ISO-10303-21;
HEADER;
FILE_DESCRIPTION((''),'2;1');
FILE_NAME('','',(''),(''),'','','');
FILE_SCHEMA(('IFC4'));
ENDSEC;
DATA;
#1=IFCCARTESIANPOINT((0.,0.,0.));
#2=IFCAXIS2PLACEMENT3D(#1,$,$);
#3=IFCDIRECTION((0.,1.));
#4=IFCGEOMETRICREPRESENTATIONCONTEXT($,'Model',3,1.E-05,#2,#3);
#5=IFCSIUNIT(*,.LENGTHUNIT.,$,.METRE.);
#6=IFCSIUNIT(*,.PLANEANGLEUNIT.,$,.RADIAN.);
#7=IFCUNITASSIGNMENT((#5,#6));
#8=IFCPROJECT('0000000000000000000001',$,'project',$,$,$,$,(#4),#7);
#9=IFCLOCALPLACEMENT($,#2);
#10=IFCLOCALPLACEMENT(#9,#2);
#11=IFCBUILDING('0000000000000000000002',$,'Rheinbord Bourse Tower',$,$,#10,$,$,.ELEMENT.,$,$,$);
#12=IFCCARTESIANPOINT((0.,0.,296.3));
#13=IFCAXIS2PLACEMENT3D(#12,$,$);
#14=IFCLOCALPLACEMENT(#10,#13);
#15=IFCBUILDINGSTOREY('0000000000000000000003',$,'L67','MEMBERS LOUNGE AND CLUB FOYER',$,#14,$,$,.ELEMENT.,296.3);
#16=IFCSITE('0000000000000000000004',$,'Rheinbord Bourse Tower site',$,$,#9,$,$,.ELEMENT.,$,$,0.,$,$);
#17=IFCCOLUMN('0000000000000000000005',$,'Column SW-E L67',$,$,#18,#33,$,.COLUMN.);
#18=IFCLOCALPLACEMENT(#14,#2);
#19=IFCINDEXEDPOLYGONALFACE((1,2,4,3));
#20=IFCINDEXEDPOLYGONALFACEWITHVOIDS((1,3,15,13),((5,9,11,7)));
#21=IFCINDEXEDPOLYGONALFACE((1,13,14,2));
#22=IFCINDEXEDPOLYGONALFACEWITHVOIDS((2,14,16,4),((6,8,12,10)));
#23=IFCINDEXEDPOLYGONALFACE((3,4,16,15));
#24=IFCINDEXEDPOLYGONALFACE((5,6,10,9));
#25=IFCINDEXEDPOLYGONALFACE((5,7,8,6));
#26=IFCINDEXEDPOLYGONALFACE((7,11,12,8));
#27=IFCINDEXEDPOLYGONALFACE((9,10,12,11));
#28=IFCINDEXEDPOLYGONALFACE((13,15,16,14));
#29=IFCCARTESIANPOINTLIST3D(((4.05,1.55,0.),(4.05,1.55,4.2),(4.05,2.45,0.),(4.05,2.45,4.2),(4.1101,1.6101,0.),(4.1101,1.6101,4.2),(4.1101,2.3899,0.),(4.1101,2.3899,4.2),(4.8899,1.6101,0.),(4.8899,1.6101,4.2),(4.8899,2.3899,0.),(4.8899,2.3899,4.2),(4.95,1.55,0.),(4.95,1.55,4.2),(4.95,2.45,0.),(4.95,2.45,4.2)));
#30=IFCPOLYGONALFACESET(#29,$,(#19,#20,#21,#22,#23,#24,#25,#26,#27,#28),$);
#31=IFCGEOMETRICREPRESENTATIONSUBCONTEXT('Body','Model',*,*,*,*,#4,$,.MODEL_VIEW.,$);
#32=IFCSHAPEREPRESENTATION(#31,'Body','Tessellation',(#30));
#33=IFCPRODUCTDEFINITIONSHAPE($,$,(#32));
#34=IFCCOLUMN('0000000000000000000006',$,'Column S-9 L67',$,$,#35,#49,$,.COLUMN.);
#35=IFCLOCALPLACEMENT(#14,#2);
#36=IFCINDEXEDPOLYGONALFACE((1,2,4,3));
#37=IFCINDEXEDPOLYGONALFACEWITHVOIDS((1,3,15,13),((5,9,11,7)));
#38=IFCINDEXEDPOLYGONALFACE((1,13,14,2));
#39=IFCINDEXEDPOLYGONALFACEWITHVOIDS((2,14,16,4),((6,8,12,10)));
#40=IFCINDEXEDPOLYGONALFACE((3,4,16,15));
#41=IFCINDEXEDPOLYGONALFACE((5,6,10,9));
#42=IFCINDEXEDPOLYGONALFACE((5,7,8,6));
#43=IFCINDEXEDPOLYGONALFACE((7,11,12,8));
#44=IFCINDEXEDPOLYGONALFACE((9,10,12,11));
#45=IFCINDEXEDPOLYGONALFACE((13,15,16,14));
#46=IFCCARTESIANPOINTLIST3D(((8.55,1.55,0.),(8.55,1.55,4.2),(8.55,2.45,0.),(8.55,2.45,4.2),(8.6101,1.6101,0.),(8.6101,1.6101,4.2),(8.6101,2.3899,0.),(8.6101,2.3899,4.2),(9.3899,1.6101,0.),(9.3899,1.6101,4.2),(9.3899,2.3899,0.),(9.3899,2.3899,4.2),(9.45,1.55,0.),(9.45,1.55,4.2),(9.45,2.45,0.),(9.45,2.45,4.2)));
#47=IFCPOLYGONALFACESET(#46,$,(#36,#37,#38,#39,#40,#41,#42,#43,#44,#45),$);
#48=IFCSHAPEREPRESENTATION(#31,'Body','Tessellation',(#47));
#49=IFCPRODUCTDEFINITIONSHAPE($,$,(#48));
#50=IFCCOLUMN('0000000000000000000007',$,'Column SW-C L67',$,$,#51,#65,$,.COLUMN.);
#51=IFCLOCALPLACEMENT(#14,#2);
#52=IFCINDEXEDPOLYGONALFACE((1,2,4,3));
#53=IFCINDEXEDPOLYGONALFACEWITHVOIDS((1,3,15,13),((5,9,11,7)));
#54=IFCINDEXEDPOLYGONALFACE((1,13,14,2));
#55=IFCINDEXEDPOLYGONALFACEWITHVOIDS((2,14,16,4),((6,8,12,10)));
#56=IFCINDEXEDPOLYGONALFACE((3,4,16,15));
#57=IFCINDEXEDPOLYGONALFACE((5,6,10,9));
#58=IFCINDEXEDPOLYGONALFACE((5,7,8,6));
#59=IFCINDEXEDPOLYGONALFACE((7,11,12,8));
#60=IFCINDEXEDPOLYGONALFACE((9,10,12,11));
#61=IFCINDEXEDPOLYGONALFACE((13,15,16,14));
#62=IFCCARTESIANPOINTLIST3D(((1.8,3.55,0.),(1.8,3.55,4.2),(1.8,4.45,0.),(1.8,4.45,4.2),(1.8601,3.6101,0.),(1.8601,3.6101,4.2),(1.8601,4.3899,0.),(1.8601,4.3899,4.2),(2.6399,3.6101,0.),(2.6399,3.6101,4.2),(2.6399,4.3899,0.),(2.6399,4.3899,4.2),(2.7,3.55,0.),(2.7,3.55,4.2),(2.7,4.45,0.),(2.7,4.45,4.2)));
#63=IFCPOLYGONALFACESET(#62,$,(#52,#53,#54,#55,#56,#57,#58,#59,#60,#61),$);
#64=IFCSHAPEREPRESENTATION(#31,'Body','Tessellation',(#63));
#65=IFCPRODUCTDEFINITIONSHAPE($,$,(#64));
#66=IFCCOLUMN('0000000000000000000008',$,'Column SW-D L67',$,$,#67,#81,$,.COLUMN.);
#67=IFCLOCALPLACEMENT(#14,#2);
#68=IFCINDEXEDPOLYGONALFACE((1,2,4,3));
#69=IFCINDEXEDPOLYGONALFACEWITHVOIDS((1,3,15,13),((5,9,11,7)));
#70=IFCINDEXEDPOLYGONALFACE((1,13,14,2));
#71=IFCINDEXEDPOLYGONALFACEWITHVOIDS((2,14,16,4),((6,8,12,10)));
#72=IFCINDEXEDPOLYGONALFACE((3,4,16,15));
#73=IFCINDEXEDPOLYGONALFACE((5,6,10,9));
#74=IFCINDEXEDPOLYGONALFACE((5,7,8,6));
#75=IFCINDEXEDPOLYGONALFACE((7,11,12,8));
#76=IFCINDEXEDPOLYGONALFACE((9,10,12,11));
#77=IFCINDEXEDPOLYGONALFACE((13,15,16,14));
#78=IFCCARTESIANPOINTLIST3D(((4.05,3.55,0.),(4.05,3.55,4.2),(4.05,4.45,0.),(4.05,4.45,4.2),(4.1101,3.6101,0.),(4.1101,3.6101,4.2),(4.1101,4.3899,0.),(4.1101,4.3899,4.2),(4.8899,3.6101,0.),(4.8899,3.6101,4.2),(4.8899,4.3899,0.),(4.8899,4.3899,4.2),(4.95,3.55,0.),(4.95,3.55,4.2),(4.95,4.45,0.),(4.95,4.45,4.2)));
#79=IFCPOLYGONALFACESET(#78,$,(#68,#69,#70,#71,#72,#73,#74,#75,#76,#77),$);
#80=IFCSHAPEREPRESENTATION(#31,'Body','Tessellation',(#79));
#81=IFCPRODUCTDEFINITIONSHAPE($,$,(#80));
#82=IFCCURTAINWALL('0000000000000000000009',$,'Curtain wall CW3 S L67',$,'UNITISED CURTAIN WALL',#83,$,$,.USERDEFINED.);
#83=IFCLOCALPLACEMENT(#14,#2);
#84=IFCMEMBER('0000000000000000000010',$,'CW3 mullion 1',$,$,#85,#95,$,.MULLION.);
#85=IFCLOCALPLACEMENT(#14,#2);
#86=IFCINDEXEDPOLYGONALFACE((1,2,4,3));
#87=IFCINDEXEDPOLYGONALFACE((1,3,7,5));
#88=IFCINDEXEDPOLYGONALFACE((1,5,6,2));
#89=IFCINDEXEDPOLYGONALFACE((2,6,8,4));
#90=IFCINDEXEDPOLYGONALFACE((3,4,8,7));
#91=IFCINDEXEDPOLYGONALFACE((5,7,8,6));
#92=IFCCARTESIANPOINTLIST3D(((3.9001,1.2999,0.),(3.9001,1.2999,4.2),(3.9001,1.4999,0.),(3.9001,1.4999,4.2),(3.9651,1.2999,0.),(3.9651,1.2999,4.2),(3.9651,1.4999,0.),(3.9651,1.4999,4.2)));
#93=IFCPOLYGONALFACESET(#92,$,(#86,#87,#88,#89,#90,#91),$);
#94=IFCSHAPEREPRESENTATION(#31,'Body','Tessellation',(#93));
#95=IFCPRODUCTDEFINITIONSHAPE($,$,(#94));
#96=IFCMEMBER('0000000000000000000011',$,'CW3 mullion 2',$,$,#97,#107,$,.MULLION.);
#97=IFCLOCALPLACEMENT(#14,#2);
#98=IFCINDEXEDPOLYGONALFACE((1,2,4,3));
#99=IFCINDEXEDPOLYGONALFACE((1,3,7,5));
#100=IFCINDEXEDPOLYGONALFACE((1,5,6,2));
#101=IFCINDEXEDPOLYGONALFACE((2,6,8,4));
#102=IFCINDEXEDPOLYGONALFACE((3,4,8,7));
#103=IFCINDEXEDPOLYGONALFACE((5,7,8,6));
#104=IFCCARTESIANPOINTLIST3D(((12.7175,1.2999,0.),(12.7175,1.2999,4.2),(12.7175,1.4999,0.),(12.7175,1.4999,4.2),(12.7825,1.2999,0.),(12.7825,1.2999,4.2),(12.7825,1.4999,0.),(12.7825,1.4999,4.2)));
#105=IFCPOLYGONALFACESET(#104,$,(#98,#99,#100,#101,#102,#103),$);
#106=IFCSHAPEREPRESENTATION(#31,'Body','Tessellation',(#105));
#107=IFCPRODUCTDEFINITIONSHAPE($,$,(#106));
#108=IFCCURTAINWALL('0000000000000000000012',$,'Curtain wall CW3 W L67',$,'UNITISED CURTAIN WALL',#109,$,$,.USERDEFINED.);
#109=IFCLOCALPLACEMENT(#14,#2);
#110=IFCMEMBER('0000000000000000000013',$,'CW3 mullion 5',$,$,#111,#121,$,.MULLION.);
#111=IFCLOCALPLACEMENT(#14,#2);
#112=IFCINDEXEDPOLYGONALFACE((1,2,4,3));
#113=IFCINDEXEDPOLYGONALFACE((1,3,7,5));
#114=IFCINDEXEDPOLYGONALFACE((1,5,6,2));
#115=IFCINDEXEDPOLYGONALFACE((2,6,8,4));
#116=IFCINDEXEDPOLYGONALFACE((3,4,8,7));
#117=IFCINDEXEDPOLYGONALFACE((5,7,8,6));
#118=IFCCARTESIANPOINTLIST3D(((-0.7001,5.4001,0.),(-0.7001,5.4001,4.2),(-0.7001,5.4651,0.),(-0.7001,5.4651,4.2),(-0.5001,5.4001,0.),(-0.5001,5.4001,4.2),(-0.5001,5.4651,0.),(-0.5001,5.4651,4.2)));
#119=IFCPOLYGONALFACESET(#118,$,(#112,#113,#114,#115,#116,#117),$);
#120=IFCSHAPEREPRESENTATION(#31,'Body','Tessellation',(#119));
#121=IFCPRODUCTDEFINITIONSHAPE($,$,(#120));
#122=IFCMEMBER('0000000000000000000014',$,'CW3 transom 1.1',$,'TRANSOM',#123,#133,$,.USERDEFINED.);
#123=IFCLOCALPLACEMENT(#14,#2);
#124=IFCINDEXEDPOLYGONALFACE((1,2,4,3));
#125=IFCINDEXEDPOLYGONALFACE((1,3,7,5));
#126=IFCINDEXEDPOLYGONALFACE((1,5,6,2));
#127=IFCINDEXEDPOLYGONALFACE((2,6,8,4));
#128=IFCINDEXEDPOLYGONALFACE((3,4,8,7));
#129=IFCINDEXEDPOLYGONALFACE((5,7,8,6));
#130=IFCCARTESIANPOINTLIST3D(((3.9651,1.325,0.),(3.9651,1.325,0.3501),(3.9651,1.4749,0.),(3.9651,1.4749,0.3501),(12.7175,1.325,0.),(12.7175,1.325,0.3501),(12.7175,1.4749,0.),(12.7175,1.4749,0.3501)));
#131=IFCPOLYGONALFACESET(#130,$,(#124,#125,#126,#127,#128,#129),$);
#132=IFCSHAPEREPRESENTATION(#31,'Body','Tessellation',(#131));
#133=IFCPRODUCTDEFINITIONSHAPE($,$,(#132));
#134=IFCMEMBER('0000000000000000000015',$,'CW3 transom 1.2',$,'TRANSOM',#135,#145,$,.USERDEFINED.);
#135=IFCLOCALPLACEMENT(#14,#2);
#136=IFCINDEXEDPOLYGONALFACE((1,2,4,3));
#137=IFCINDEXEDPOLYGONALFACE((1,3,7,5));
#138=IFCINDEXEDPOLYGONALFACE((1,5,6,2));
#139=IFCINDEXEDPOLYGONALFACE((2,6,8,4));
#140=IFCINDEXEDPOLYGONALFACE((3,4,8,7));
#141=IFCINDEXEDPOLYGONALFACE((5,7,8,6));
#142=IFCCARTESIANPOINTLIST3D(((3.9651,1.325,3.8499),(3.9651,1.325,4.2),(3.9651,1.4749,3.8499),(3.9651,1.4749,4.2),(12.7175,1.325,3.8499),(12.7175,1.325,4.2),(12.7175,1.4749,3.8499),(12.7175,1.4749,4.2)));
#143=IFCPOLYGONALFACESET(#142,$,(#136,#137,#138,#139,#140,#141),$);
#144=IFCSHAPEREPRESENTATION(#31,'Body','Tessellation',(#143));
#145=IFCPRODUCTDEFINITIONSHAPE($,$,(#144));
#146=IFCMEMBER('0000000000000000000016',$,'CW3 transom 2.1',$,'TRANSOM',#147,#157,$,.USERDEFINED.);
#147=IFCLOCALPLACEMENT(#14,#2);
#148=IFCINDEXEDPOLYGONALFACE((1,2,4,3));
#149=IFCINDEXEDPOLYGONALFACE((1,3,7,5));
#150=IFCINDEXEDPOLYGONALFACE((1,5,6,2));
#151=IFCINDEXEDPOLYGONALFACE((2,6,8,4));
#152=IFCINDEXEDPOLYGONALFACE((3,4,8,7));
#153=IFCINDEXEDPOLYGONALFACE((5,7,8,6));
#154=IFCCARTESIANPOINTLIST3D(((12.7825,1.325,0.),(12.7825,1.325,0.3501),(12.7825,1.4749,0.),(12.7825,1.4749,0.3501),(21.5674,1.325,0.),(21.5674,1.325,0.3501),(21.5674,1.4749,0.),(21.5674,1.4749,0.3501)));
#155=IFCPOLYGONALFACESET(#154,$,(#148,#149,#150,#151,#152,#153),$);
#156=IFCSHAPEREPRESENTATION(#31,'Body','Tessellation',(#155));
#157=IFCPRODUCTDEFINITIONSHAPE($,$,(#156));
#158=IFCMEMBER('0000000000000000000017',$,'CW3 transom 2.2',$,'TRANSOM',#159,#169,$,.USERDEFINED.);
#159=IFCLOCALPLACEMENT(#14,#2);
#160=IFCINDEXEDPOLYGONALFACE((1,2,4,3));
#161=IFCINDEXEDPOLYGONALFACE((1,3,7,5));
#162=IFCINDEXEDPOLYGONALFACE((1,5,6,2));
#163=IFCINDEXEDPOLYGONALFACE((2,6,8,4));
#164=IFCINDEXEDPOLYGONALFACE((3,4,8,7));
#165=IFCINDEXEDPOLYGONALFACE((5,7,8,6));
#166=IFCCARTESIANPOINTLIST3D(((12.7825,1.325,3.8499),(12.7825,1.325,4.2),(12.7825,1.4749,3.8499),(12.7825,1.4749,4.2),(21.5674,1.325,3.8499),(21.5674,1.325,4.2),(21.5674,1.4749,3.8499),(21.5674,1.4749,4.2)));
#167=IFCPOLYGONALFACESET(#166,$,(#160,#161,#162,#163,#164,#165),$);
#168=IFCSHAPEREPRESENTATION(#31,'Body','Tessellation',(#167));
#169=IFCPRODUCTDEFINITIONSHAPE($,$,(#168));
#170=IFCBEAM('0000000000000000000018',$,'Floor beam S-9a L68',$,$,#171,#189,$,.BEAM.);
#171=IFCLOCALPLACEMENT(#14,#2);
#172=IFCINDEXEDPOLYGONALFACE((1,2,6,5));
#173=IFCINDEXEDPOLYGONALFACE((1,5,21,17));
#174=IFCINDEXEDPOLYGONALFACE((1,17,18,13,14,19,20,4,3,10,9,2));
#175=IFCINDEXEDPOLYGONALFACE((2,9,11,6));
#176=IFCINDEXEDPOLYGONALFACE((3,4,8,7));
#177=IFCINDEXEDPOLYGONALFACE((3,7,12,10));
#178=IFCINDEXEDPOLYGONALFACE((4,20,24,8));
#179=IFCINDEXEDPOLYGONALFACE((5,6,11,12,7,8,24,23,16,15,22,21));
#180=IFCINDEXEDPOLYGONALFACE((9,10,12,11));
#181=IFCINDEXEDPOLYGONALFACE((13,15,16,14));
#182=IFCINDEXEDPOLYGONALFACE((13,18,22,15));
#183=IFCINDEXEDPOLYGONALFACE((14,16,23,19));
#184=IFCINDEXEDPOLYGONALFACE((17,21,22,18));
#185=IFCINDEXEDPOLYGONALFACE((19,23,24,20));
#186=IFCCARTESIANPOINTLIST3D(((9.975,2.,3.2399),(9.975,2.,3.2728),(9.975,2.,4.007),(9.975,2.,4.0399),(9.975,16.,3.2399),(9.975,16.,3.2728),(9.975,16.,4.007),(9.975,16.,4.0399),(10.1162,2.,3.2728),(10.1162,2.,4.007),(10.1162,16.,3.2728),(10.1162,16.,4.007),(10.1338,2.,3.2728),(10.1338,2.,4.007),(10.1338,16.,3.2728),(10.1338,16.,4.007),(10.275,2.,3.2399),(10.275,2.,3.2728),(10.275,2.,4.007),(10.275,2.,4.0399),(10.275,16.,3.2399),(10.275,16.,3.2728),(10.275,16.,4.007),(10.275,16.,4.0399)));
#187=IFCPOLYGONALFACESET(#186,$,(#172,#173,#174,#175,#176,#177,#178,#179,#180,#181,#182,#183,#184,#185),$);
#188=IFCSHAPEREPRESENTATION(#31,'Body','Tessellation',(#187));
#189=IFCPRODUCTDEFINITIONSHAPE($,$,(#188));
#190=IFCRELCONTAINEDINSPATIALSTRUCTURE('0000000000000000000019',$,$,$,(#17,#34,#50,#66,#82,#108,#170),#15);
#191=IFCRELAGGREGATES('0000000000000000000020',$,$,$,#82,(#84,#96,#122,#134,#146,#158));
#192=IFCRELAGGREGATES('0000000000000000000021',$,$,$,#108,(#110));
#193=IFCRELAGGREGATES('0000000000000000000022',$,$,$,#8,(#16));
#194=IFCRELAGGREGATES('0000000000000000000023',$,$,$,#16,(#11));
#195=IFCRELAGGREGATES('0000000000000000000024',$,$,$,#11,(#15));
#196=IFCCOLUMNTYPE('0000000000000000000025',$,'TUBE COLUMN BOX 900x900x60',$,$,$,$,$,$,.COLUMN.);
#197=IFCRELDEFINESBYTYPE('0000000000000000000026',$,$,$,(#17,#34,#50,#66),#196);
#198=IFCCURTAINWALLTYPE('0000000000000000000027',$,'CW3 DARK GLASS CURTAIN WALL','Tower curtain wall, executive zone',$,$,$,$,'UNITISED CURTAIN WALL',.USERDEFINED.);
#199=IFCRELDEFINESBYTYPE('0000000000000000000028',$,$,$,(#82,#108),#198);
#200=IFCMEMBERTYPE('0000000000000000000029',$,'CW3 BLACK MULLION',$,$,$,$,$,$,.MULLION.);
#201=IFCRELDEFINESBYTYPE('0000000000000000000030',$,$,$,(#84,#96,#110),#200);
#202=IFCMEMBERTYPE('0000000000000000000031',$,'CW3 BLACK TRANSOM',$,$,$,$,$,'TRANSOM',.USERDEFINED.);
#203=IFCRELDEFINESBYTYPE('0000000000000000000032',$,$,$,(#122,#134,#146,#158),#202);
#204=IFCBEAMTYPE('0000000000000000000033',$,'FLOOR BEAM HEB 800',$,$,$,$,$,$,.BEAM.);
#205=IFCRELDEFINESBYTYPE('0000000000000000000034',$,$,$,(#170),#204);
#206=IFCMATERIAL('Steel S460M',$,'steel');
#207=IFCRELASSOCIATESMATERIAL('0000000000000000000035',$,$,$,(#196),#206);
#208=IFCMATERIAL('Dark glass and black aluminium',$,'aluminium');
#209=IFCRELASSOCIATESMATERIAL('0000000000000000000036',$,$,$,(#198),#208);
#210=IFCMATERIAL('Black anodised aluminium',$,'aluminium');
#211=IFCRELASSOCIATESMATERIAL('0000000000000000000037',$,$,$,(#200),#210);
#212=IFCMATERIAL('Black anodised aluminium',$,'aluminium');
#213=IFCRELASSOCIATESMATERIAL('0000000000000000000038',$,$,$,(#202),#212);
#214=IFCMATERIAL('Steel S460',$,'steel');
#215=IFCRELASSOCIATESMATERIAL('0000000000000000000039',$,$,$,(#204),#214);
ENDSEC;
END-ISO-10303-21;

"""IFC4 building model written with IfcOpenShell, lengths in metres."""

from ifc_helpers import new_model, si_unit, direction, frame, origin, origin_2d, place, context, subcontext, project, spatial, rectangle, hollow_rectangle, i_section, extrude, material, material_profile, profile_set, type_object, element, aggregate, save


model = new_model("IFC4")

# Units and contexts
model_context = context("Model", 3, precision=1e-05, world=origin(), true_north=direction((0.0, 1.0)))
body_context = subcontext(model_context, "Body", "Model", "MODEL_VIEW")
ifc_project = project(units=[si_unit("LENGTHUNIT", "METRE"), si_unit("PLANEANGLEUNIT", "RADIAN")], contexts=[model_context])

# Site, building, storey
site_placement = place(None, origin())
site = spatial("IfcSite", under=ifc_project, at=site_placement, Name="Rheinbord Bourse Tower site", CompositionType="ELEMENT", RefElevation=0.0)
building_placement = place(site_placement, origin())
building = spatial("IfcBuilding", under=site, at=building_placement, Name="Rheinbord Bourse Tower", CompositionType="ELEMENT")
storey_placement = place(building_placement, frame((0.0, 0.0, 296.3)))
storey = spatial("IfcBuildingStorey", under=building, at=storey_placement, Name="L67", Description="MEMBERS LOUNGE AND CLUB FOYER", CompositionType="ELEMENT", Elevation=296.3)

# Columns
ifc_material_1 = material(Name="Steel S460M", Category="steel")
ifc_material_profile_1 = material_profile(ifc_material_1, hollow_rectangle(XDim=0.8999, YDim=0.8999, WallThickness=0.0601, at=origin_2d()), Name="BOX 900x900x60")
ifc_profile_set_1 = profile_set([ifc_material_profile_1], Name="Steel S460M")
column_type = type_object("IfcColumnType", Name="TUBE COLUMN BOX 900x900x60", PredefinedType="COLUMN", material=ifc_profile_set_1)
for number, where, z_axis, x_axis, name in (
    (1, (4.5, 2.0, 0.0), (0.0, 0.0, 1.0), (0.0, 1.0, 0.0), "Column SW-E L67"),
    (2, (9.0, 2.0, 0.0), (0.0, 0.0, 1.0), (0.0, 1.0, 0.0), "Column S-9 L67"),
    (3, (2.25, 4.0, 0.0), (0.0, 0.0, 1.0), (1.0, 0.0, 0.0), "Column SW-C L67"),
    (4, (4.5, 4.0, 0.0), (0.0, 0.0, 1.0), (0.0, 1.0, 0.0), "Column SW-D L67"),
):
    element("IfcColumn", number, at=place(storey_placement, frame(where, z_axis=z_axis, x_axis=x_axis)), inside=storey, type_object=column_type, Name=name, PredefinedType="COLUMN", context=body_context, shape_type="SweptSolid", body=[
        extrude(hollow_rectangle(XDim=0.8999, YDim=0.8999, WallThickness=0.0601, at=origin_2d()), origin(), (0.0, 0.0, 1.0), 4.2),
    ])

# Curtain wall, members
ifc_material_2 = material(Name="Dark glass and black aluminium", Category="aluminium")
curtain_wall_type = type_object("IfcCurtainWallType", Name="CW3 DARK GLASS CURTAIN WALL", Description="Tower curtain wall, executive zone", ElementType="UNITISED CURTAIN WALL", PredefinedType="USERDEFINED", material=ifc_material_2)
curtain_wall_1_placement = place(storey_placement, origin())
curtain_wall_1 = element("IfcCurtainWall", 5, at=curtain_wall_1_placement, inside=storey, type_object=curtain_wall_type, Name="Curtain wall CW3 S L67", ObjectType="UNITISED CURTAIN WALL", PredefinedType="USERDEFINED")
ifc_material_3 = material(Name="Black anodised aluminium", Category="aluminium")
ifc_material_profile_2 = material_profile(ifc_material_3, rectangle(XDim=0.2, YDim=0.0649, at=origin_2d()), Name="CW3 MULLION 65x200")
ifc_profile_set_2 = profile_set([ifc_material_profile_2], Name="Black anodised aluminium")
member_type_1 = type_object("IfcMemberType", Name="CW3 BLACK MULLION", PredefinedType="MULLION", material=ifc_profile_set_2)
member_1_placement = place(storey_placement, frame((3.9326, 1.3999, 0.0), z_axis=(0.0, 0.0, 1.0), x_axis=(0.0, 1.0, 0.0)))
member_1 = element("IfcMember", 6, at=member_1_placement, type_object=member_type_1, Name="CW3 mullion 1", PredefinedType="MULLION", context=body_context, shape_type="SweptSolid", body=[
    extrude(rectangle(XDim=0.2, YDim=0.0649, at=origin_2d()), origin(), (0.0, 0.0, 1.0), 4.2),
])
member_2_placement = place(storey_placement, frame((12.75, 1.3999, 0.0), z_axis=(0.0, 0.0, 1.0), x_axis=(0.0, 1.0, 0.0)))
member_2 = element("IfcMember", 7, at=member_2_placement, type_object=member_type_1, Name="CW3 mullion 2", PredefinedType="MULLION", context=body_context, shape_type="SweptSolid", body=[
    extrude(rectangle(XDim=0.2, YDim=0.0649, at=origin_2d()), origin(), (0.0, 0.0, 1.0), 4.2),
])

# Curtain wall, member
curtain_wall_2_placement = place(storey_placement, origin())
curtain_wall_2 = element("IfcCurtainWall", 8, at=curtain_wall_2_placement, inside=storey, type_object=curtain_wall_type, Name="Curtain wall CW3 W L67", ObjectType="UNITISED CURTAIN WALL", PredefinedType="USERDEFINED")
member_3_placement = place(storey_placement, frame((-0.6001, 5.4326, 0.0), z_axis=(0.0, 0.0, 1.0), x_axis=(1.0, 0.0, 0.0)))
member_3 = element("IfcMember", 9, at=member_3_placement, type_object=member_type_1, Name="CW3 mullion 5", PredefinedType="MULLION", context=body_context, shape_type="SweptSolid", body=[
    extrude(rectangle(XDim=0.2, YDim=0.0649, at=origin_2d()), origin(), (0.0, 0.0, 1.0), 4.2),
])

# Members
ifc_material_4 = material(Name="Black anodised aluminium", Category="aluminium")
ifc_material_profile_3 = material_profile(ifc_material_4, rectangle(XDim=0.1499, YDim=0.3501, at=origin_2d()), Name="CW3 TRANSOM 350x150")
ifc_profile_set_3 = profile_set([ifc_material_profile_3], Name="Black anodised aluminium")
member_type_2 = type_object("IfcMemberType", Name="CW3 BLACK TRANSOM", ElementType="TRANSOM", PredefinedType="USERDEFINED", material=ifc_profile_set_3)
member_4_placement = place(storey_placement, frame((3.9651, 1.3999, 0.175), z_axis=(1.0, 0.0, 0.0), x_axis=(0.0, 1.0, 0.0)))
member_4 = element("IfcMember", 10, at=member_4_placement, type_object=member_type_2, Name="CW3 transom 1.1", ObjectType="TRANSOM", PredefinedType="USERDEFINED", context=body_context, shape_type="SweptSolid", body=[
    extrude(rectangle(XDim=0.1499, YDim=0.3501, at=origin_2d()), origin(), (0.0, 0.0, 1.0), 8.7524),
])
member_5_placement = place(storey_placement, frame((3.9651, 1.3999, 4.0249), z_axis=(1.0, 0.0, 0.0), x_axis=(0.0, 1.0, 0.0)))
member_5 = element("IfcMember", 11, at=member_5_placement, type_object=member_type_2, Name="CW3 transom 1.2", ObjectType="TRANSOM", PredefinedType="USERDEFINED", context=body_context, shape_type="SweptSolid", body=[
    extrude(rectangle(XDim=0.1499, YDim=0.3501, at=origin_2d()), origin(), (0.0, 0.0, 1.0), 8.7524),
])
member_6_placement = place(storey_placement, frame((12.7825, 1.3999, 0.175), z_axis=(1.0, 0.0, 0.0), x_axis=(0.0, 1.0, 0.0)))
member_6 = element("IfcMember", 12, at=member_6_placement, type_object=member_type_2, Name="CW3 transom 2.1", ObjectType="TRANSOM", PredefinedType="USERDEFINED", context=body_context, shape_type="SweptSolid", body=[
    extrude(rectangle(XDim=0.1499, YDim=0.3501, at=origin_2d()), origin(), (0.0, 0.0, 1.0), 8.7849),
])
member_7_placement = place(storey_placement, frame((12.7825, 1.3999, 4.0249), z_axis=(1.0, 0.0, 0.0), x_axis=(0.0, 1.0, 0.0)))
member_7 = element("IfcMember", 13, at=member_7_placement, type_object=member_type_2, Name="CW3 transom 2.2", ObjectType="TRANSOM", PredefinedType="USERDEFINED", context=body_context, shape_type="SweptSolid", body=[
    extrude(rectangle(XDim=0.1499, YDim=0.3501, at=origin_2d()), origin(), (0.0, 0.0, 1.0), 8.7849),
])

# Beam
ifc_material_5 = material(Name="Steel S460", Category="steel")
ifc_material_profile_4 = material_profile(ifc_material_5, i_section(OverallWidth=0.3, OverallDepth=0.8, WebThickness=0.0176, FlangeThickness=0.033, at=origin_2d()), Name="HEB 800")
ifc_profile_set_4 = profile_set([ifc_material_profile_4], Name="Steel S460")
beam_type_1 = type_object("IfcBeamType", Name="FLOOR BEAM HEB 800", PredefinedType="BEAM", material=ifc_profile_set_4)
for number, where, z_axis, x_axis, name in (
    (14, (10.125, 2.0, 3.6399), (0.0, 1.0, 0.0), (-1.0, 0.0, 0.0), "Floor beam S-9a L68"),
):
    element("IfcBeam", number, at=place(storey_placement, frame(where, z_axis=z_axis, x_axis=x_axis)), inside=storey, type_object=beam_type_1, Name=name, PredefinedType="BEAM", context=body_context, shape_type="SweptSolid", body=[
        extrude(i_section(OverallWidth=0.3, OverallDepth=0.8, WebThickness=0.0176, FlangeThickness=0.033, at=origin_2d()), origin(), (0.0, 0.0, 1.0), 14.0),
    ])

aggregate(curtain_wall_1, [member_1, member_2, member_4, member_5, member_6, member_7])
aggregate(curtain_wall_2, [member_3])

save(model, "model.ifc")
